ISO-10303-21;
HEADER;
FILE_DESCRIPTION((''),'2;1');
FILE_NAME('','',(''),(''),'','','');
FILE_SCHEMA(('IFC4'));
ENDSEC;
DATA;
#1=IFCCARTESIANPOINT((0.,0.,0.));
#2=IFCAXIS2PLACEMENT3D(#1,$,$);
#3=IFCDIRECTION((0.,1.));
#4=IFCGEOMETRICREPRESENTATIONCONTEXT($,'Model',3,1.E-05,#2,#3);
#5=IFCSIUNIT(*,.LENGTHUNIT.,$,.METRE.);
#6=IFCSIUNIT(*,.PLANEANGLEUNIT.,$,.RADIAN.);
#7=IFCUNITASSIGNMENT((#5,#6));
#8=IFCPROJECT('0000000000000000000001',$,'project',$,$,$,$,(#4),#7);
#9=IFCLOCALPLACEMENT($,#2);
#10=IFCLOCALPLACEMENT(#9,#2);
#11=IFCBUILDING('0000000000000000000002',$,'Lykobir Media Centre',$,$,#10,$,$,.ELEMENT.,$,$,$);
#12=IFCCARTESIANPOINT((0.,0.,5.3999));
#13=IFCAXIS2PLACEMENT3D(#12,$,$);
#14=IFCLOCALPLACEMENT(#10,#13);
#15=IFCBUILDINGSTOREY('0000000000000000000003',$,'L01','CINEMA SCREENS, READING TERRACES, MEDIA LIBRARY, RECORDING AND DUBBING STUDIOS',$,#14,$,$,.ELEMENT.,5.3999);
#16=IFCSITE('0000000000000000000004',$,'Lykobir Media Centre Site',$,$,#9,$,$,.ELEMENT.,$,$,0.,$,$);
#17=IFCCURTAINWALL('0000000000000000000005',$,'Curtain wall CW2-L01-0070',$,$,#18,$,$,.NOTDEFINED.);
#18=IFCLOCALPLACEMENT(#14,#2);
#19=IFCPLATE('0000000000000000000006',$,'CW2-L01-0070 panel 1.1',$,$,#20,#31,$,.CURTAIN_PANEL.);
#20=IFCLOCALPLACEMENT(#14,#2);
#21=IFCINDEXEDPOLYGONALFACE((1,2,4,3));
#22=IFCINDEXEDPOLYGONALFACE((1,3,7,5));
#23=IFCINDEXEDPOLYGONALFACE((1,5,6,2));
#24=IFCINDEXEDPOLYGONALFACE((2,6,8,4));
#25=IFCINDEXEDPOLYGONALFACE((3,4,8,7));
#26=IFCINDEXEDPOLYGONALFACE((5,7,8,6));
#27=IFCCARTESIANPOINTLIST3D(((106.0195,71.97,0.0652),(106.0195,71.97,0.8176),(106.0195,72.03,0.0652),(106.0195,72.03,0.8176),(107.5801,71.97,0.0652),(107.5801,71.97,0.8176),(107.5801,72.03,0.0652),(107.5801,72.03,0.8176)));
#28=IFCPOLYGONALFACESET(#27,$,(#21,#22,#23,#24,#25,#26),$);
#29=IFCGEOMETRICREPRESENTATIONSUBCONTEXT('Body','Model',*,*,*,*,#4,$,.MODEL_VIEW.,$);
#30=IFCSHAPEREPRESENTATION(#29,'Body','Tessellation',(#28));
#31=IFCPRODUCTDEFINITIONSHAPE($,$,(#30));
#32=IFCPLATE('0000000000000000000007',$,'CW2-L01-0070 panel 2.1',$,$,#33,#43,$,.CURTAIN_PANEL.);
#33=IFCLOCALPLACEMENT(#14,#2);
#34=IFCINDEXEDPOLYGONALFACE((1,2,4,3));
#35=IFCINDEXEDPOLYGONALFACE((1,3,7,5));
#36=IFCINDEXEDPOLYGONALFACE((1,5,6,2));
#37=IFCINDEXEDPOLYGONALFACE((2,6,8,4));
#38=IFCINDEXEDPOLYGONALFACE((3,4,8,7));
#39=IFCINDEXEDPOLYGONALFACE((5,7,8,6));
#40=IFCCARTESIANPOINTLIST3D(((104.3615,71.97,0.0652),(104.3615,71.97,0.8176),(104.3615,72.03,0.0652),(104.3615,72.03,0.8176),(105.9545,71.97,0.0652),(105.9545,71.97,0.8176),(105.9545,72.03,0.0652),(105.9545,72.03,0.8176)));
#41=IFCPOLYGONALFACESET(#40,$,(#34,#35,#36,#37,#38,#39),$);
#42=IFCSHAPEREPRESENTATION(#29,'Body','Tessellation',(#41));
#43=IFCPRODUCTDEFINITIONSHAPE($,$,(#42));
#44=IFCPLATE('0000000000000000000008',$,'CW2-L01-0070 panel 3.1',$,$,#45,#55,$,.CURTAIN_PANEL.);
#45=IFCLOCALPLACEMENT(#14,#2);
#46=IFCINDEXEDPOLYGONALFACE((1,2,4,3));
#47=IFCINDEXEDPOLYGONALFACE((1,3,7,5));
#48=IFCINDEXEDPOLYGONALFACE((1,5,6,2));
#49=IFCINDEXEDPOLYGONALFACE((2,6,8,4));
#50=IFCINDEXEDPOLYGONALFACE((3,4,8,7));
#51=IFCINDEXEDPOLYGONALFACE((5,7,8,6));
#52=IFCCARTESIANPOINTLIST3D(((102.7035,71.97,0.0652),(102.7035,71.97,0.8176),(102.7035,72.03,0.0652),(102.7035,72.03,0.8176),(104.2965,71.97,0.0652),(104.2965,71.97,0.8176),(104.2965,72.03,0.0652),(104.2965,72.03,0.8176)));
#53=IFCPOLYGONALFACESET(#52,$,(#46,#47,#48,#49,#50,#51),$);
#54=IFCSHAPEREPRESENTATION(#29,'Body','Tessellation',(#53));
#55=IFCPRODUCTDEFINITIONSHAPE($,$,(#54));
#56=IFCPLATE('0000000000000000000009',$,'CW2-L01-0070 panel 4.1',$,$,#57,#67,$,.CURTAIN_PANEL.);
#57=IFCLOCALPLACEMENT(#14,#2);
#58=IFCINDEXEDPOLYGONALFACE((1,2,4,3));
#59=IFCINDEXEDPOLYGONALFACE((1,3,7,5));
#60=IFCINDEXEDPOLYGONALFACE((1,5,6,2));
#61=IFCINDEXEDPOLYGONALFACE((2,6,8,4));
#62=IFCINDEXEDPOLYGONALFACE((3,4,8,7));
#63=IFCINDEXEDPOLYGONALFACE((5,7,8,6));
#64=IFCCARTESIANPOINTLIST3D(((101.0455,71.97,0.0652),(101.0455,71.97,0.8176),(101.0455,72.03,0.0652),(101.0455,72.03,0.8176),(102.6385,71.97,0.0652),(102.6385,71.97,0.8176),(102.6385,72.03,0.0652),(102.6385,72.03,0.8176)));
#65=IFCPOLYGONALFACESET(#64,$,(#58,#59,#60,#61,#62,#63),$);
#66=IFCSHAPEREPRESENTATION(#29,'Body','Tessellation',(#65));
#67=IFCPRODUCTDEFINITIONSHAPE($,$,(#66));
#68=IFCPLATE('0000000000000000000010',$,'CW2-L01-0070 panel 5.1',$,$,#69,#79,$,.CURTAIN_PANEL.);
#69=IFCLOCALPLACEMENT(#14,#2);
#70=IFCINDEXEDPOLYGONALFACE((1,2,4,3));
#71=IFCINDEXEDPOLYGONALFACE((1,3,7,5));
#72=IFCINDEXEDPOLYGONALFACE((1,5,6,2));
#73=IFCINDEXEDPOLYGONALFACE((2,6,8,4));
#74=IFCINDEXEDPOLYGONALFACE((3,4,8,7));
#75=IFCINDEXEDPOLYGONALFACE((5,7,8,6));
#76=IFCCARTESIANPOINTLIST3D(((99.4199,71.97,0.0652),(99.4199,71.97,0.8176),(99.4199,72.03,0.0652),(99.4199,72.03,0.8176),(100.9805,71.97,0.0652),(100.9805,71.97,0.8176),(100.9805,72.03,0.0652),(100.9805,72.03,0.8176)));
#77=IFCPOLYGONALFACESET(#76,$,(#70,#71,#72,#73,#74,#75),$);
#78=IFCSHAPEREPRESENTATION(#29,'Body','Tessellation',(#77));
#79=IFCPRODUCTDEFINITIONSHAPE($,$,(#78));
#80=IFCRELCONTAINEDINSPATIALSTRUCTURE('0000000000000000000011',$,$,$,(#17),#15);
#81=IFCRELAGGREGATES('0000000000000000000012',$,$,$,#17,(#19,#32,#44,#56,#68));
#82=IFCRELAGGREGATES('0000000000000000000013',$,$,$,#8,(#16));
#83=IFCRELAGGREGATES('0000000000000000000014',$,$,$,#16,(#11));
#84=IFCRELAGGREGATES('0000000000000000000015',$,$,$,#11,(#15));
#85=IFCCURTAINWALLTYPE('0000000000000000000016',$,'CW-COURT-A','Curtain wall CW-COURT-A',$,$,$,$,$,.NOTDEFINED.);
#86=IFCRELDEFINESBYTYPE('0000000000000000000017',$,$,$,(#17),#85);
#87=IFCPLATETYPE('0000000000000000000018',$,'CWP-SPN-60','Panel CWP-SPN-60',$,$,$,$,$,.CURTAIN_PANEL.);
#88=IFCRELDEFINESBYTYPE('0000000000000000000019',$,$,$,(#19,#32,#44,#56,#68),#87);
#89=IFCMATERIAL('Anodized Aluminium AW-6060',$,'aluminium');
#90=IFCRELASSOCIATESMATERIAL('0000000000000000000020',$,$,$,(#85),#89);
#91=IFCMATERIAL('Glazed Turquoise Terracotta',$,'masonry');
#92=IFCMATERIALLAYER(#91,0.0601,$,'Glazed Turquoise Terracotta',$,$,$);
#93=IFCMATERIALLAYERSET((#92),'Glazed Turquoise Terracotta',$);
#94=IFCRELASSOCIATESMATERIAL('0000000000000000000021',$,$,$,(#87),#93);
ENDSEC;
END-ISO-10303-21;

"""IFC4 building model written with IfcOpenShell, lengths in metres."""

from ifc_helpers import new_model, si_unit, direction, frame, origin, origin_2d, place, context, subcontext, project, spatial, rectangle, extrude, material, layer, layer_set, type_object, element, aggregate, save


model = new_model("IFC4")

# Units and contexts
model_context = context("Model", 3, precision=1e-05, world=origin(), true_north=direction((0.0, 1.0)))
body_context = subcontext(model_context, "Body", "Model", "MODEL_VIEW")
ifc_project = project(units=[si_unit("LENGTHUNIT", "METRE"), si_unit("PLANEANGLEUNIT", "RADIAN")], contexts=[model_context])

# Site, building, storey
site_placement = place(None, origin())
site = spatial("IfcSite", under=ifc_project, at=site_placement, Name="Lykobir Media Centre Site", CompositionType="ELEMENT", RefElevation=0.0)
building_placement = place(site_placement, origin())
building = spatial("IfcBuilding", under=site, at=building_placement, Name="Lykobir Media Centre", CompositionType="ELEMENT")
storey_placement = place(building_placement, frame((0.0, 0.0, 5.3999)))
storey = spatial("IfcBuildingStorey", under=building, at=storey_placement, Name="L01", Description="CINEMA SCREENS, READING TERRACES, MEDIA LIBRARY, RECORDING AND DUBBING STUDIOS", CompositionType="ELEMENT", Elevation=5.3999)

# Curtain wall
ifc_material_1 = material(Name="Anodized Aluminium AW-6060", Category="aluminium")
curtain_wall_type = type_object("IfcCurtainWallType", Name="CW-COURT-A", Description="Curtain wall CW-COURT-A", PredefinedType="NOTDEFINED", material=ifc_material_1)
curtain_wall_1_placement = place(storey_placement, origin())
curtain_wall_1 = element("IfcCurtainWall", 1, at=curtain_wall_1_placement, inside=storey, type_object=curtain_wall_type, Name="Curtain wall CW2-L01-0070", PredefinedType="NOTDEFINED")

# Plates
ifc_material_2 = material(Name="Glazed Turquoise Terracotta", Category="masonry")
ifc_layer_1 = layer(ifc_material_2, 0.0601, Name="Glazed Turquoise Terracotta")
ifc_layer_set_1 = layer_set([ifc_layer_1], Name="Glazed Turquoise Terracotta")
plate_type_1 = type_object("IfcPlateType", Name="CWP-SPN-60", Description="Panel CWP-SPN-60", PredefinedType="CURTAIN_PANEL", material=ifc_layer_set_1)
plate_1_placement = place(storey_placement, frame((106.7998, 72.0, 0.0652), z_axis=(0.0, 0.0, 1.0), x_axis=(-1.0, 0.0, 0.0)))
plate_1 = element("IfcPlate", 2, at=plate_1_placement, type_object=plate_type_1, Name="CW2-L01-0070 panel 1.1", PredefinedType="CURTAIN_PANEL", context=body_context, shape_type="SweptSolid", body=[
    extrude(rectangle(XDim=1.5605, YDim=0.0601, at=origin_2d()), origin(), (0.0, 0.0, 1.0), 0.7524),
])
plate_2_placement = place(storey_placement, frame((105.158, 72.0, 0.0652), z_axis=(0.0, 0.0, 1.0), x_axis=(-1.0, 0.0, 0.0)))
plate_2 = element("IfcPlate", 3, at=plate_2_placement, type_object=plate_type_1, Name="CW2-L01-0070 panel 2.1", PredefinedType="CURTAIN_PANEL", context=body_context, shape_type="SweptSolid", body=[
    extrude(rectangle(XDim=1.593, YDim=0.0601, at=origin_2d()), origin(), (0.0, 0.0, 1.0), 0.7524),
])
plate_3_placement = place(storey_placement, frame((103.5, 72.0, 0.0652), z_axis=(0.0, 0.0, 1.0), x_axis=(-1.0, 0.0, 0.0)))
plate_3 = element("IfcPlate", 4, at=plate_3_placement, type_object=plate_type_1, Name="CW2-L01-0070 panel 3.1", PredefinedType="CURTAIN_PANEL", context=body_context, shape_type="SweptSolid", body=[
    extrude(rectangle(XDim=1.593, YDim=0.0601, at=origin_2d()), origin(), (0.0, 0.0, 1.0), 0.7524),
])
plate_4_placement = place(storey_placement, frame((101.842, 72.0, 0.0652), z_axis=(0.0, 0.0, 1.0), x_axis=(-1.0, 0.0, 0.0)))
plate_4 = element("IfcPlate", 5, at=plate_4_placement, type_object=plate_type_1, Name="CW2-L01-0070 panel 4.1", PredefinedType="CURTAIN_PANEL", context=body_context, shape_type="SweptSolid", body=[
    extrude(rectangle(XDim=1.593, YDim=0.0601, at=origin_2d()), origin(), (0.0, 0.0, 1.0), 0.7524),
])
plate_5_placement = place(storey_placement, frame((100.2002, 72.0, 0.0652), z_axis=(0.0, 0.0, 1.0), x_axis=(-1.0, 0.0, 0.0)))
plate_5 = element("IfcPlate", 6, at=plate_5_placement, type_object=plate_type_1, Name="CW2-L01-0070 panel 5.1", PredefinedType="CURTAIN_PANEL", context=body_context, shape_type="SweptSolid", body=[
    extrude(rectangle(XDim=1.5605, YDim=0.0601, at=origin_2d()), origin(), (0.0, 0.0, 1.0), 0.7524),
])
aggregate(curtain_wall_1, [plate_1, plate_2, plate_3, plate_4, plate_5])

save(model, "model.ifc")
